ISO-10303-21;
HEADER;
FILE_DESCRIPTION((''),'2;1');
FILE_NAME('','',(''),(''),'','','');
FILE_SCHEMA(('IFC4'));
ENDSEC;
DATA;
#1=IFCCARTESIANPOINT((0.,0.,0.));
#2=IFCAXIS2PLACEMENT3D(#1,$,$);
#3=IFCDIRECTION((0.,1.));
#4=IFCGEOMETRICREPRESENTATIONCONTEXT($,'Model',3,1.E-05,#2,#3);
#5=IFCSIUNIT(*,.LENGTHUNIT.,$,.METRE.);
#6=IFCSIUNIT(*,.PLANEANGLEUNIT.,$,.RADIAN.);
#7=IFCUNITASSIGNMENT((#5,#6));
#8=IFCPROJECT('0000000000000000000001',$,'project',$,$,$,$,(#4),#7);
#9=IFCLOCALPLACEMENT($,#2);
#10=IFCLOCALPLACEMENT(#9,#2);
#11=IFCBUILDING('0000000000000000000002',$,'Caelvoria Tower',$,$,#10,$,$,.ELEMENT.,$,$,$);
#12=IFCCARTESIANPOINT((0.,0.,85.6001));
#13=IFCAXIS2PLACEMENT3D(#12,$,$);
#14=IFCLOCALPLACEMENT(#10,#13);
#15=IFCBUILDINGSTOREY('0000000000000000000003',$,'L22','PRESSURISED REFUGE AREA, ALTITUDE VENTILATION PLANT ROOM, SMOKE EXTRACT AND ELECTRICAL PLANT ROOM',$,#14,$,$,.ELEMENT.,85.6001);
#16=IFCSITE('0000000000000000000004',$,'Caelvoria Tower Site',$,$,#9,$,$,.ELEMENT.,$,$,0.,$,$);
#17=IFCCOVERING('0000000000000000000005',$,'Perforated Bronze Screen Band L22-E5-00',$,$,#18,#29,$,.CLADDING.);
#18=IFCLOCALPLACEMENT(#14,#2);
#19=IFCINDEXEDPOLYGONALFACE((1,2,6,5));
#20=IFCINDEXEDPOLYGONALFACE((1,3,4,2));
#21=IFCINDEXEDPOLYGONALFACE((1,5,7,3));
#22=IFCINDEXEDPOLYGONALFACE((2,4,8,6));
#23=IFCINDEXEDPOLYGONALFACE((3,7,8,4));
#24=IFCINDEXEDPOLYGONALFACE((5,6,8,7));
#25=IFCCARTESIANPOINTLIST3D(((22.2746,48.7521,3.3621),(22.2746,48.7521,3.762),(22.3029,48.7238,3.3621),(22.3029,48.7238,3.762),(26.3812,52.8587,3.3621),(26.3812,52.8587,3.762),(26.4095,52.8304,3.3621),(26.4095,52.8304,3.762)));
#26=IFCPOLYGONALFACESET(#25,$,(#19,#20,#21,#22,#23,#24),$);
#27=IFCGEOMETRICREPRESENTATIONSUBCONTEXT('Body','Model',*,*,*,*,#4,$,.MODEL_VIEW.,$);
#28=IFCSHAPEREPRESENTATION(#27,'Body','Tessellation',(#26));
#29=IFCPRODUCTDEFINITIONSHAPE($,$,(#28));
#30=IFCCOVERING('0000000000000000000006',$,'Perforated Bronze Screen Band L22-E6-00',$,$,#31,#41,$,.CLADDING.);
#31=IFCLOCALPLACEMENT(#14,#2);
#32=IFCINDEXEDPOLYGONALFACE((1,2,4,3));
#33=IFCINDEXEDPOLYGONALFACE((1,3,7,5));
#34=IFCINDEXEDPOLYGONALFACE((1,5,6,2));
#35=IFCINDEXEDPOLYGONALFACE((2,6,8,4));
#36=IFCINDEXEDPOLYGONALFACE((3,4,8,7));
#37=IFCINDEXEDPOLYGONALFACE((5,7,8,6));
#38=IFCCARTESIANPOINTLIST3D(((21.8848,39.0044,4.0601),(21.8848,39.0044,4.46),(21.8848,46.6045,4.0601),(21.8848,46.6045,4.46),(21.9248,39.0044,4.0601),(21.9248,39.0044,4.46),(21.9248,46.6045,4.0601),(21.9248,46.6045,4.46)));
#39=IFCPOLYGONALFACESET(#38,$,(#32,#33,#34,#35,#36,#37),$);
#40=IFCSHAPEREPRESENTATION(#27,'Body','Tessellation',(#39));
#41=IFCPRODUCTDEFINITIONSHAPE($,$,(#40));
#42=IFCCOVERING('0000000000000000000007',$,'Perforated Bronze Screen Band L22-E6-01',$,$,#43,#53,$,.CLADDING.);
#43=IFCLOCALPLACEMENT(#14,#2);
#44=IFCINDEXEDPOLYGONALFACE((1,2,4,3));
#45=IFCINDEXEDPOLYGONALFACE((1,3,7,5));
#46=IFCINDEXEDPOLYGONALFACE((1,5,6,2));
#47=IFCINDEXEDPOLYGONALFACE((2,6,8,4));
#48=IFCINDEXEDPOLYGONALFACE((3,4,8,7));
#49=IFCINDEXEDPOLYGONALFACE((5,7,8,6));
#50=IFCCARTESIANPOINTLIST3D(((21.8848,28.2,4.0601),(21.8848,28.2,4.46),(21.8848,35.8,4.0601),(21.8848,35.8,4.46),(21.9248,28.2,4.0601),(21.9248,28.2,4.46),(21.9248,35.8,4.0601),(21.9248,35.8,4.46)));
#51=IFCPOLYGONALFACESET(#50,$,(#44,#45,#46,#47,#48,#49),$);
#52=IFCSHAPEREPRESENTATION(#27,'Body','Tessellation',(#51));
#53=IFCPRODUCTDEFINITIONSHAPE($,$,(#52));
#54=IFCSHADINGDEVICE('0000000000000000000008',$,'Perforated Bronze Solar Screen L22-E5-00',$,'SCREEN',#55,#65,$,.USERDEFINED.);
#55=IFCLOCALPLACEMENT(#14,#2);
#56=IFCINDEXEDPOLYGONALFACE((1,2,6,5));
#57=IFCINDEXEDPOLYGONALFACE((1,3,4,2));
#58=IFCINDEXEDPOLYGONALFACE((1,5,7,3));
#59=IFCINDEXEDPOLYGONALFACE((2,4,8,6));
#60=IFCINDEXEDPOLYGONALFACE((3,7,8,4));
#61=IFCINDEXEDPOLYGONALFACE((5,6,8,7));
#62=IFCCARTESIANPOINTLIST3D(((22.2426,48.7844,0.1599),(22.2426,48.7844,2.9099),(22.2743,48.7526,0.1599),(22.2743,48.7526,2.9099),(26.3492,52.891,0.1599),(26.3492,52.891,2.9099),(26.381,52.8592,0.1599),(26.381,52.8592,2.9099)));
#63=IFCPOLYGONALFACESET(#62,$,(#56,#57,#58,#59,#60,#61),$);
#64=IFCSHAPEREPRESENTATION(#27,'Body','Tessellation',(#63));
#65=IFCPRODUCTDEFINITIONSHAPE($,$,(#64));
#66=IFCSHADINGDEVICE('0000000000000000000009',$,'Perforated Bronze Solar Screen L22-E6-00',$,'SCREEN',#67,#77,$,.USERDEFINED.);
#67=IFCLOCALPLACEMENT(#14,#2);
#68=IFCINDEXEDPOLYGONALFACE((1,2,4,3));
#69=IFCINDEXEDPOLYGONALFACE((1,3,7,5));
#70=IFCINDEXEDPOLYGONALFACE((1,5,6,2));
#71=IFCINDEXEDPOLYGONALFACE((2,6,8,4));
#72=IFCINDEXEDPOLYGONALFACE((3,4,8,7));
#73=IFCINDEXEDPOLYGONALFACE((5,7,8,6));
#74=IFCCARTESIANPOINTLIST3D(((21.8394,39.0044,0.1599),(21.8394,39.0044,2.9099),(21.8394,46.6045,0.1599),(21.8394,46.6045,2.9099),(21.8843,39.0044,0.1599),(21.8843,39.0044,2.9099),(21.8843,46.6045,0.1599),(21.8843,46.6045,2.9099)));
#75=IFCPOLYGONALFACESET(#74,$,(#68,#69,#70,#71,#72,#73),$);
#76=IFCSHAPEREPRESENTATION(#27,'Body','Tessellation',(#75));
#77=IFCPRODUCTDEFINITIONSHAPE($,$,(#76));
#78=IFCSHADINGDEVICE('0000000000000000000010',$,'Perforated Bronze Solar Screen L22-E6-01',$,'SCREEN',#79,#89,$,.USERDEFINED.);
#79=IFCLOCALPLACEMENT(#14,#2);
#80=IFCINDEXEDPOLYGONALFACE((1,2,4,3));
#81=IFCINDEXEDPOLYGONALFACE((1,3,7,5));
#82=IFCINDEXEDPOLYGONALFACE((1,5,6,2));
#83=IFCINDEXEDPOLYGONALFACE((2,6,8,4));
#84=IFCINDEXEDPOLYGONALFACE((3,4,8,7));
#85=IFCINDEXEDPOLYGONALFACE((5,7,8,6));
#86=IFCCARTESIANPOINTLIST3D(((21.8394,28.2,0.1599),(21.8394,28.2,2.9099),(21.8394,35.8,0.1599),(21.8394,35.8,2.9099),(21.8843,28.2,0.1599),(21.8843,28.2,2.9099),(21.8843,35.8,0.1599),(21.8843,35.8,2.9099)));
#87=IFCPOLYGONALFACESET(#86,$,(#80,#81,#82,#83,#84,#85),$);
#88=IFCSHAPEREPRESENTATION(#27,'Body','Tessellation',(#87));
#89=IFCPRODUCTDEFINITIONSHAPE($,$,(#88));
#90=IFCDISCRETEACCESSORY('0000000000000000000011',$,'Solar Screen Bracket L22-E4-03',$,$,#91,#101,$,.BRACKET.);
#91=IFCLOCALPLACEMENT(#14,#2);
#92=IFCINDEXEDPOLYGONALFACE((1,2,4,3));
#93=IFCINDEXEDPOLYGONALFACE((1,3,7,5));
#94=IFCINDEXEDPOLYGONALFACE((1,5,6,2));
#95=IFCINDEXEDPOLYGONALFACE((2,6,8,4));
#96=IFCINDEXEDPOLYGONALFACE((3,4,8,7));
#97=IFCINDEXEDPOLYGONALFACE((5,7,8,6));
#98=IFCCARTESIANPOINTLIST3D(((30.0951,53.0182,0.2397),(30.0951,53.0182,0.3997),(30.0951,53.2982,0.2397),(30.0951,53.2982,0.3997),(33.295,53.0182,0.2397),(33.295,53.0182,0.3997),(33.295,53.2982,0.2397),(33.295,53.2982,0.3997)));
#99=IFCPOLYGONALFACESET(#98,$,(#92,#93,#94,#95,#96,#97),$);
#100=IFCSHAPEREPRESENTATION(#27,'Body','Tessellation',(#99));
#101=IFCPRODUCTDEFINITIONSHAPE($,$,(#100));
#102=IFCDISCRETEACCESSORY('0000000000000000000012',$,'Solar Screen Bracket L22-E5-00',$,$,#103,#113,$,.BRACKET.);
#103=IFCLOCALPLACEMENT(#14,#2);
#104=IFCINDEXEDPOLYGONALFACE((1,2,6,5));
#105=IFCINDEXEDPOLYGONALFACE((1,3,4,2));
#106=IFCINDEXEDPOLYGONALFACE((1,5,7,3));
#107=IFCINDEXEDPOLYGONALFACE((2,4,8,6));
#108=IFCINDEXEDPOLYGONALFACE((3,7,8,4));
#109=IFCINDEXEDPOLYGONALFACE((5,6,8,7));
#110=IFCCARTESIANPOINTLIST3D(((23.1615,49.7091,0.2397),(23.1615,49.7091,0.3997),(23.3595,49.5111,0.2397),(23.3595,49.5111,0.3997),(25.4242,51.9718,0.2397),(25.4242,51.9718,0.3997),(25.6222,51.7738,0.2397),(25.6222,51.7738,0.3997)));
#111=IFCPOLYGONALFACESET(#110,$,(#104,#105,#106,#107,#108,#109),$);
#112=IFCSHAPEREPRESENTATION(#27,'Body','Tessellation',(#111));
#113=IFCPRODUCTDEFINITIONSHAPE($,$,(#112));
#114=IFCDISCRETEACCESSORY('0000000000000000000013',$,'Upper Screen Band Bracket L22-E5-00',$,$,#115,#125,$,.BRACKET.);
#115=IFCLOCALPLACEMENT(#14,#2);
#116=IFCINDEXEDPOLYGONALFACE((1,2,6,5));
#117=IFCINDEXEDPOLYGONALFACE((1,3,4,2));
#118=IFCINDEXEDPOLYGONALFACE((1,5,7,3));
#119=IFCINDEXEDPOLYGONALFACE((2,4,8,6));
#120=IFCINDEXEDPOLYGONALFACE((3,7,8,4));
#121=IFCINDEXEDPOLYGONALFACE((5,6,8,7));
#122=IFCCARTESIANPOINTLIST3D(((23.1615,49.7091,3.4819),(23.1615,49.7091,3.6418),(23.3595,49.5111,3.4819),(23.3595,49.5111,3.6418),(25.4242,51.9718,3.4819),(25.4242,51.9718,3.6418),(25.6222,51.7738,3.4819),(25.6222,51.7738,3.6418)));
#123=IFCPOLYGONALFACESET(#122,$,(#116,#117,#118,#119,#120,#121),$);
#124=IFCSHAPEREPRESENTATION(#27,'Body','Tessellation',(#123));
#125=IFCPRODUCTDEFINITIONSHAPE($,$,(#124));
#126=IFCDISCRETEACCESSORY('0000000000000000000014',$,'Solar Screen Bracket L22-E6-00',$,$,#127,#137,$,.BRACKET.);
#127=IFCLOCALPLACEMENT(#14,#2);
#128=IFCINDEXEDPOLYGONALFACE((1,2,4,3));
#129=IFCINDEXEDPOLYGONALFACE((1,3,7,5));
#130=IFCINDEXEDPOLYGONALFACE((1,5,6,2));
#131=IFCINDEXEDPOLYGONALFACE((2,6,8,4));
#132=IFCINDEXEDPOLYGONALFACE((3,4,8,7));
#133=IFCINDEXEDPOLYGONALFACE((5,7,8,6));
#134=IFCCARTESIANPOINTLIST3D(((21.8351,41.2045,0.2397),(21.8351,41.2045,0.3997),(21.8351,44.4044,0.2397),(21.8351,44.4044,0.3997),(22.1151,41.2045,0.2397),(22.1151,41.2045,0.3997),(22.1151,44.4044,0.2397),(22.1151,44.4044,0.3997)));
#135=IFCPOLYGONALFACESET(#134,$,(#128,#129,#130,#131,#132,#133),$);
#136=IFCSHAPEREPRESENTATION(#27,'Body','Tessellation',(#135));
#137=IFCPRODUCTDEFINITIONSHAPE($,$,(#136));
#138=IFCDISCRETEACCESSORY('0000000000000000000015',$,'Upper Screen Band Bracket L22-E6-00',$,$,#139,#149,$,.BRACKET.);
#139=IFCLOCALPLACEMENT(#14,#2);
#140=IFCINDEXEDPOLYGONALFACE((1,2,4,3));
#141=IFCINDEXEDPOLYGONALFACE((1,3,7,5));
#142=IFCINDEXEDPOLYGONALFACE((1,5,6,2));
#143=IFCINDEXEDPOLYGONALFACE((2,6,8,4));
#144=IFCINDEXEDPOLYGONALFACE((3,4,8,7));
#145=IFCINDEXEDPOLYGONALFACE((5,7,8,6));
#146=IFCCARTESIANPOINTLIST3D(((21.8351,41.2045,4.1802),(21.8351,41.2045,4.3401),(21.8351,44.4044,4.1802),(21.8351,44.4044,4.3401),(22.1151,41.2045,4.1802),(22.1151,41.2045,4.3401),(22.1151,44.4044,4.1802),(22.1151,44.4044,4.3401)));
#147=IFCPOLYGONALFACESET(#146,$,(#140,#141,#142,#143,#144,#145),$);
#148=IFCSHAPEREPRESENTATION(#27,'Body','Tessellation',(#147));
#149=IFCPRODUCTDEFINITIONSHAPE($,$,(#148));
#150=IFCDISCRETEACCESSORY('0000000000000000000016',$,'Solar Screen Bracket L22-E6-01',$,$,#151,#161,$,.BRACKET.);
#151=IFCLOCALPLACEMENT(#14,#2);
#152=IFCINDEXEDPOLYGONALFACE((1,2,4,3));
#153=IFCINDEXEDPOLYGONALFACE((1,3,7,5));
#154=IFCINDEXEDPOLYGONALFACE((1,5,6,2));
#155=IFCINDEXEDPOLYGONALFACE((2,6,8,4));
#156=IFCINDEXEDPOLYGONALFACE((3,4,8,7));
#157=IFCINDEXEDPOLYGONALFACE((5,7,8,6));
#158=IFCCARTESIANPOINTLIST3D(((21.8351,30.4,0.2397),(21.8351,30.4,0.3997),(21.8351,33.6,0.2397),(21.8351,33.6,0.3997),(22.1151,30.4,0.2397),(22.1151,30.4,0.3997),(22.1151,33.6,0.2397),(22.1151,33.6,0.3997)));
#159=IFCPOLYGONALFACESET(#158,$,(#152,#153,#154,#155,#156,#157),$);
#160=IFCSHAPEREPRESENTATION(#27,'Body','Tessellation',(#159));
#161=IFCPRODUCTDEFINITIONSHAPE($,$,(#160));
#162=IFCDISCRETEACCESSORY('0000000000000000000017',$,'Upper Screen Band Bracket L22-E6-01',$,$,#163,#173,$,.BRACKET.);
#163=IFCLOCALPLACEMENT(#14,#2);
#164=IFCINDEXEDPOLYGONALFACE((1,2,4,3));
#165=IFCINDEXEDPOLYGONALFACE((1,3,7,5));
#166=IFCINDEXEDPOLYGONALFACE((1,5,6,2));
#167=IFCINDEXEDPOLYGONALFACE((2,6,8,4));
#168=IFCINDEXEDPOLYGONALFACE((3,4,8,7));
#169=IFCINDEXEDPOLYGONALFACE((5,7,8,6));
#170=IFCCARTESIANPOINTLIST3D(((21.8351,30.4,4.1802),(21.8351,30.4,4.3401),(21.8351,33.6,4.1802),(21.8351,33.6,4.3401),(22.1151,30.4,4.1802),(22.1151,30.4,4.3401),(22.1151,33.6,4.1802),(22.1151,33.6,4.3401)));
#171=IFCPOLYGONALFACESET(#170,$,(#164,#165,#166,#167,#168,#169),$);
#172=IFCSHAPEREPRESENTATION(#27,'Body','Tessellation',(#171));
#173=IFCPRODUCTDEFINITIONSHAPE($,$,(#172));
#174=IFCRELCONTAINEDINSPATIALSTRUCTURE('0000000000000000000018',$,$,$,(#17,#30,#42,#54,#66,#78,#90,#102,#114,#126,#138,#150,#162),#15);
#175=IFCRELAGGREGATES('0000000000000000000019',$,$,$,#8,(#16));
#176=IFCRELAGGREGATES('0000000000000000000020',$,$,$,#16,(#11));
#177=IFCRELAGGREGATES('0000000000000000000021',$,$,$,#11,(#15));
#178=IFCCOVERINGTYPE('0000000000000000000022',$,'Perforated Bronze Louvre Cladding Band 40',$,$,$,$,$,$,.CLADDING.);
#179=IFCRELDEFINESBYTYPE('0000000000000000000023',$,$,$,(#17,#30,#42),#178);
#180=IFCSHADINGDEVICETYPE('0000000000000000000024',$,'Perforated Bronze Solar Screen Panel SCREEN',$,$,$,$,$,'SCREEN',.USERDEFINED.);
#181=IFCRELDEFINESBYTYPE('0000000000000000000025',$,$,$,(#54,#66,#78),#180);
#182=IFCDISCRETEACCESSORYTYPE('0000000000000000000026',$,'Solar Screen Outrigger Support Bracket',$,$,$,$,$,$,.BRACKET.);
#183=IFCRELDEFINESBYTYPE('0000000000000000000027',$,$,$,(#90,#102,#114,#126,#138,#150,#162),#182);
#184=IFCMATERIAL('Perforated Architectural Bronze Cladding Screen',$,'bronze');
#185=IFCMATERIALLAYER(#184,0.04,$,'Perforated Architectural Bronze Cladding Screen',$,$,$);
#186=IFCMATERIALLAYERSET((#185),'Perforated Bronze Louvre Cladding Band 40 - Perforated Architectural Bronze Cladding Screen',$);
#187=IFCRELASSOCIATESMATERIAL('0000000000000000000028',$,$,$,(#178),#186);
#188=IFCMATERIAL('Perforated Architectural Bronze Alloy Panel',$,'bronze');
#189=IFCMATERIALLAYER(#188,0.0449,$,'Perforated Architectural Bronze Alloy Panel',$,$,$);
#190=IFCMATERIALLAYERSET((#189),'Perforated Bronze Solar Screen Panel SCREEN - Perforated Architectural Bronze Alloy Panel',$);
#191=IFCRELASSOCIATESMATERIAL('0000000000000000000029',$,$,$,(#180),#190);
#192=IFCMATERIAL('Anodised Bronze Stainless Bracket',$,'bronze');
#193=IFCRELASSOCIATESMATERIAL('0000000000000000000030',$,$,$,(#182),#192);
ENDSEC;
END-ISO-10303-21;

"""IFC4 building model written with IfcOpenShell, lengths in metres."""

from ifc_helpers import new_model, si_unit, direction, frame, origin, origin_2d, place, context, subcontext, project, spatial, rectangle, extrude, material, layer, layer_set, type_object, element, save


model = new_model("IFC4")

# Units and contexts
model_context = context("Model", 3, precision=1e-05, world=origin(), true_north=direction((0.0, 1.0)))
body_context = subcontext(model_context, "Body", "Model", "MODEL_VIEW")
ifc_project = project(units=[si_unit("LENGTHUNIT", "METRE"), si_unit("PLANEANGLEUNIT", "RADIAN")], contexts=[model_context])

# Site, building, storey
site_placement = place(None, origin())
site = spatial("IfcSite", under=ifc_project, at=site_placement, Name="Caelvoria Tower Site", CompositionType="ELEMENT", RefElevation=0.0)
building_placement = place(site_placement, origin())
building = spatial("IfcBuilding", under=site, at=building_placement, Name="Caelvoria Tower", CompositionType="ELEMENT")
storey_placement = place(building_placement, frame((0.0, 0.0, 85.6001)))
storey = spatial("IfcBuildingStorey", under=building, at=storey_placement, Name="L22", Description="PRESSURISED REFUGE AREA, ALTITUDE VENTILATION PLANT ROOM, SMOKE EXTRACT AND ELECTRICAL PLANT ROOM", CompositionType="ELEMENT", Elevation=85.6001)

# Coverings
ifc_material_1 = material(Name="Perforated Architectural Bronze Cladding Screen", Category="bronze")
ifc_layer_1 = layer(ifc_material_1, 0.04, Name="Perforated Architectural Bronze Cladding Screen")
ifc_layer_set_1 = layer_set([ifc_layer_1], Name="Perforated Bronze Louvre Cladding Band 40 - Perforated Architectural Bronze Cladding Screen")
covering_type = type_object("IfcCoveringType", Name="Perforated Bronze Louvre Cladding Band 40", PredefinedType="CLADDING", material=ifc_layer_set_1)
covering_placement = place(storey_placement, frame((24.342, 50.7913, 3.3621), z_axis=(0.0, 0.0, 1.0), x_axis=(-0.707107, -0.707107, 0.0)))
element("IfcCovering", 1, at=covering_placement, inside=storey, type_object=covering_type, Name="Perforated Bronze Screen Band L22-E5-00", PredefinedType="CLADDING", context=body_context, shape_type="SweptSolid", body=[
    extrude(rectangle(XDim=5.8076, YDim=0.04, at=origin_2d()), origin(), (0.0, 0.0, 1.0), 0.3999),
])
for number, where, z_axis, x_axis, name in (
    (2, (21.9048, 42.8044, 4.0601), (0.0, 0.0, 1.0), (0.0, -1.0, 0.0), "Perforated Bronze Screen Band L22-E6-00"),
    (3, (21.9048, 32.0, 4.0601), (0.0, 0.0, 1.0), (0.0, -1.0, 0.0), "Perforated Bronze Screen Band L22-E6-01"),
):
    element("IfcCovering", number, at=place(storey_placement, frame(where, z_axis=z_axis, x_axis=x_axis)), inside=storey, type_object=covering_type, Name=name, PredefinedType="CLADDING", context=body_context, shape_type="SweptSolid", body=[
        extrude(rectangle(XDim=7.6001, YDim=0.04, at=origin_2d()), origin(), (0.0, 0.0, 1.0), 0.3999),
    ])

# Shading devices
ifc_material_2 = material(Name="Perforated Architectural Bronze Alloy Panel", Category="bronze")
ifc_layer_2 = layer(ifc_material_2, 0.0449, Name="Perforated Architectural Bronze Alloy Panel")
ifc_layer_set_2 = layer_set([ifc_layer_2], Name="Perforated Bronze Solar Screen Panel SCREEN - Perforated Architectural Bronze Alloy Panel")
shading_device_type = type_object("IfcShadingDeviceType", Name="Perforated Bronze Solar Screen Panel SCREEN", ElementType="SCREEN", PredefinedType="USERDEFINED", material=ifc_layer_set_2)
shading_device_placement = place(storey_placement, frame((24.3118, 50.8218, 0.1599), z_axis=(0.0, 0.0, 1.0), x_axis=(-0.707107, -0.707107, 0.0)))
element("IfcShadingDevice", 4, at=shading_device_placement, inside=storey, type_object=shading_device_type, Name="Perforated Bronze Solar Screen L22-E5-00", ObjectType="SCREEN", PredefinedType="USERDEFINED", context=body_context, shape_type="SweptSolid", body=[
    extrude(rectangle(XDim=5.8076, YDim=0.0449, at=origin_2d()), origin(), (0.0, 0.0, 1.0), 2.75),
])
for number, where, z_axis, x_axis, name in (
    (5, (21.8618, 42.8044, 0.1599), (0.0, 0.0, 1.0), (0.0, -1.0, 0.0), "Perforated Bronze Solar Screen L22-E6-00"),
    (6, (21.8618, 32.0, 0.1599), (0.0, 0.0, 1.0), (0.0, -1.0, 0.0), "Perforated Bronze Solar Screen L22-E6-01"),
):
    element("IfcShadingDevice", number, at=place(storey_placement, frame(where, z_axis=z_axis, x_axis=x_axis)), inside=storey, type_object=shading_device_type, Name=name, ObjectType="SCREEN", PredefinedType="USERDEFINED", context=body_context, shape_type="SweptSolid", body=[
        extrude(rectangle(XDim=7.6001, YDim=0.0449, at=origin_2d()), origin(), (0.0, 0.0, 1.0), 2.75),
    ])

# Discrete accessories
ifc_material_3 = material(Name="Anodised Bronze Stainless Bracket", Category="bronze")
discrete_accessory_type = type_object("IfcDiscreteAccessoryType", Name="Solar Screen Outrigger Support Bracket", PredefinedType="BRACKET", material=ifc_material_3)
for number, where, z_axis, x_axis, name in (
    (7, (31.6951, 53.1582, 0.2397), (0.0, 0.0, 1.0), (-1.0, 0.0, 0.0), "Solar Screen Bracket L22-E4-03"),
    (8, (24.3918, 50.7415, 0.2397), (0.0, 0.0, 1.0), (-0.707107, -0.707107, 0.0), "Solar Screen Bracket L22-E5-00"),
    (9, (24.3918, 50.7415, 3.4819), (0.0, 0.0, 1.0), (-0.707107, -0.707107, 0.0), "Upper Screen Band Bracket L22-E5-00"),
    (10, (21.9751, 42.8044, 0.2397), (0.0, 0.0, 1.0), (0.0, -1.0, 0.0), "Solar Screen Bracket L22-E6-00"),
    (11, (21.9751, 42.8044, 4.1802), (0.0, 0.0, 1.0), (0.0, -1.0, 0.0), "Upper Screen Band Bracket L22-E6-00"),
    (12, (21.9751, 32.0, 0.2397), (0.0, 0.0, 1.0), (0.0, -1.0, 0.0), "Solar Screen Bracket L22-E6-01"),
    (13, (21.9751, 32.0, 4.1802), (0.0, 0.0, 1.0), (0.0, -1.0, 0.0), "Upper Screen Band Bracket L22-E6-01"),
):
    element("IfcDiscreteAccessory", number, at=place(storey_placement, frame(where, z_axis=z_axis, x_axis=x_axis)), inside=storey, type_object=discrete_accessory_type, Name=name, PredefinedType="BRACKET", context=body_context, shape_type="SweptSolid", body=[
        extrude(rectangle(XDim=3.2, YDim=0.28, at=origin_2d()), origin(), (0.0, 0.0, 1.0), 0.1599),
    ])

save(model, "model.ifc")
